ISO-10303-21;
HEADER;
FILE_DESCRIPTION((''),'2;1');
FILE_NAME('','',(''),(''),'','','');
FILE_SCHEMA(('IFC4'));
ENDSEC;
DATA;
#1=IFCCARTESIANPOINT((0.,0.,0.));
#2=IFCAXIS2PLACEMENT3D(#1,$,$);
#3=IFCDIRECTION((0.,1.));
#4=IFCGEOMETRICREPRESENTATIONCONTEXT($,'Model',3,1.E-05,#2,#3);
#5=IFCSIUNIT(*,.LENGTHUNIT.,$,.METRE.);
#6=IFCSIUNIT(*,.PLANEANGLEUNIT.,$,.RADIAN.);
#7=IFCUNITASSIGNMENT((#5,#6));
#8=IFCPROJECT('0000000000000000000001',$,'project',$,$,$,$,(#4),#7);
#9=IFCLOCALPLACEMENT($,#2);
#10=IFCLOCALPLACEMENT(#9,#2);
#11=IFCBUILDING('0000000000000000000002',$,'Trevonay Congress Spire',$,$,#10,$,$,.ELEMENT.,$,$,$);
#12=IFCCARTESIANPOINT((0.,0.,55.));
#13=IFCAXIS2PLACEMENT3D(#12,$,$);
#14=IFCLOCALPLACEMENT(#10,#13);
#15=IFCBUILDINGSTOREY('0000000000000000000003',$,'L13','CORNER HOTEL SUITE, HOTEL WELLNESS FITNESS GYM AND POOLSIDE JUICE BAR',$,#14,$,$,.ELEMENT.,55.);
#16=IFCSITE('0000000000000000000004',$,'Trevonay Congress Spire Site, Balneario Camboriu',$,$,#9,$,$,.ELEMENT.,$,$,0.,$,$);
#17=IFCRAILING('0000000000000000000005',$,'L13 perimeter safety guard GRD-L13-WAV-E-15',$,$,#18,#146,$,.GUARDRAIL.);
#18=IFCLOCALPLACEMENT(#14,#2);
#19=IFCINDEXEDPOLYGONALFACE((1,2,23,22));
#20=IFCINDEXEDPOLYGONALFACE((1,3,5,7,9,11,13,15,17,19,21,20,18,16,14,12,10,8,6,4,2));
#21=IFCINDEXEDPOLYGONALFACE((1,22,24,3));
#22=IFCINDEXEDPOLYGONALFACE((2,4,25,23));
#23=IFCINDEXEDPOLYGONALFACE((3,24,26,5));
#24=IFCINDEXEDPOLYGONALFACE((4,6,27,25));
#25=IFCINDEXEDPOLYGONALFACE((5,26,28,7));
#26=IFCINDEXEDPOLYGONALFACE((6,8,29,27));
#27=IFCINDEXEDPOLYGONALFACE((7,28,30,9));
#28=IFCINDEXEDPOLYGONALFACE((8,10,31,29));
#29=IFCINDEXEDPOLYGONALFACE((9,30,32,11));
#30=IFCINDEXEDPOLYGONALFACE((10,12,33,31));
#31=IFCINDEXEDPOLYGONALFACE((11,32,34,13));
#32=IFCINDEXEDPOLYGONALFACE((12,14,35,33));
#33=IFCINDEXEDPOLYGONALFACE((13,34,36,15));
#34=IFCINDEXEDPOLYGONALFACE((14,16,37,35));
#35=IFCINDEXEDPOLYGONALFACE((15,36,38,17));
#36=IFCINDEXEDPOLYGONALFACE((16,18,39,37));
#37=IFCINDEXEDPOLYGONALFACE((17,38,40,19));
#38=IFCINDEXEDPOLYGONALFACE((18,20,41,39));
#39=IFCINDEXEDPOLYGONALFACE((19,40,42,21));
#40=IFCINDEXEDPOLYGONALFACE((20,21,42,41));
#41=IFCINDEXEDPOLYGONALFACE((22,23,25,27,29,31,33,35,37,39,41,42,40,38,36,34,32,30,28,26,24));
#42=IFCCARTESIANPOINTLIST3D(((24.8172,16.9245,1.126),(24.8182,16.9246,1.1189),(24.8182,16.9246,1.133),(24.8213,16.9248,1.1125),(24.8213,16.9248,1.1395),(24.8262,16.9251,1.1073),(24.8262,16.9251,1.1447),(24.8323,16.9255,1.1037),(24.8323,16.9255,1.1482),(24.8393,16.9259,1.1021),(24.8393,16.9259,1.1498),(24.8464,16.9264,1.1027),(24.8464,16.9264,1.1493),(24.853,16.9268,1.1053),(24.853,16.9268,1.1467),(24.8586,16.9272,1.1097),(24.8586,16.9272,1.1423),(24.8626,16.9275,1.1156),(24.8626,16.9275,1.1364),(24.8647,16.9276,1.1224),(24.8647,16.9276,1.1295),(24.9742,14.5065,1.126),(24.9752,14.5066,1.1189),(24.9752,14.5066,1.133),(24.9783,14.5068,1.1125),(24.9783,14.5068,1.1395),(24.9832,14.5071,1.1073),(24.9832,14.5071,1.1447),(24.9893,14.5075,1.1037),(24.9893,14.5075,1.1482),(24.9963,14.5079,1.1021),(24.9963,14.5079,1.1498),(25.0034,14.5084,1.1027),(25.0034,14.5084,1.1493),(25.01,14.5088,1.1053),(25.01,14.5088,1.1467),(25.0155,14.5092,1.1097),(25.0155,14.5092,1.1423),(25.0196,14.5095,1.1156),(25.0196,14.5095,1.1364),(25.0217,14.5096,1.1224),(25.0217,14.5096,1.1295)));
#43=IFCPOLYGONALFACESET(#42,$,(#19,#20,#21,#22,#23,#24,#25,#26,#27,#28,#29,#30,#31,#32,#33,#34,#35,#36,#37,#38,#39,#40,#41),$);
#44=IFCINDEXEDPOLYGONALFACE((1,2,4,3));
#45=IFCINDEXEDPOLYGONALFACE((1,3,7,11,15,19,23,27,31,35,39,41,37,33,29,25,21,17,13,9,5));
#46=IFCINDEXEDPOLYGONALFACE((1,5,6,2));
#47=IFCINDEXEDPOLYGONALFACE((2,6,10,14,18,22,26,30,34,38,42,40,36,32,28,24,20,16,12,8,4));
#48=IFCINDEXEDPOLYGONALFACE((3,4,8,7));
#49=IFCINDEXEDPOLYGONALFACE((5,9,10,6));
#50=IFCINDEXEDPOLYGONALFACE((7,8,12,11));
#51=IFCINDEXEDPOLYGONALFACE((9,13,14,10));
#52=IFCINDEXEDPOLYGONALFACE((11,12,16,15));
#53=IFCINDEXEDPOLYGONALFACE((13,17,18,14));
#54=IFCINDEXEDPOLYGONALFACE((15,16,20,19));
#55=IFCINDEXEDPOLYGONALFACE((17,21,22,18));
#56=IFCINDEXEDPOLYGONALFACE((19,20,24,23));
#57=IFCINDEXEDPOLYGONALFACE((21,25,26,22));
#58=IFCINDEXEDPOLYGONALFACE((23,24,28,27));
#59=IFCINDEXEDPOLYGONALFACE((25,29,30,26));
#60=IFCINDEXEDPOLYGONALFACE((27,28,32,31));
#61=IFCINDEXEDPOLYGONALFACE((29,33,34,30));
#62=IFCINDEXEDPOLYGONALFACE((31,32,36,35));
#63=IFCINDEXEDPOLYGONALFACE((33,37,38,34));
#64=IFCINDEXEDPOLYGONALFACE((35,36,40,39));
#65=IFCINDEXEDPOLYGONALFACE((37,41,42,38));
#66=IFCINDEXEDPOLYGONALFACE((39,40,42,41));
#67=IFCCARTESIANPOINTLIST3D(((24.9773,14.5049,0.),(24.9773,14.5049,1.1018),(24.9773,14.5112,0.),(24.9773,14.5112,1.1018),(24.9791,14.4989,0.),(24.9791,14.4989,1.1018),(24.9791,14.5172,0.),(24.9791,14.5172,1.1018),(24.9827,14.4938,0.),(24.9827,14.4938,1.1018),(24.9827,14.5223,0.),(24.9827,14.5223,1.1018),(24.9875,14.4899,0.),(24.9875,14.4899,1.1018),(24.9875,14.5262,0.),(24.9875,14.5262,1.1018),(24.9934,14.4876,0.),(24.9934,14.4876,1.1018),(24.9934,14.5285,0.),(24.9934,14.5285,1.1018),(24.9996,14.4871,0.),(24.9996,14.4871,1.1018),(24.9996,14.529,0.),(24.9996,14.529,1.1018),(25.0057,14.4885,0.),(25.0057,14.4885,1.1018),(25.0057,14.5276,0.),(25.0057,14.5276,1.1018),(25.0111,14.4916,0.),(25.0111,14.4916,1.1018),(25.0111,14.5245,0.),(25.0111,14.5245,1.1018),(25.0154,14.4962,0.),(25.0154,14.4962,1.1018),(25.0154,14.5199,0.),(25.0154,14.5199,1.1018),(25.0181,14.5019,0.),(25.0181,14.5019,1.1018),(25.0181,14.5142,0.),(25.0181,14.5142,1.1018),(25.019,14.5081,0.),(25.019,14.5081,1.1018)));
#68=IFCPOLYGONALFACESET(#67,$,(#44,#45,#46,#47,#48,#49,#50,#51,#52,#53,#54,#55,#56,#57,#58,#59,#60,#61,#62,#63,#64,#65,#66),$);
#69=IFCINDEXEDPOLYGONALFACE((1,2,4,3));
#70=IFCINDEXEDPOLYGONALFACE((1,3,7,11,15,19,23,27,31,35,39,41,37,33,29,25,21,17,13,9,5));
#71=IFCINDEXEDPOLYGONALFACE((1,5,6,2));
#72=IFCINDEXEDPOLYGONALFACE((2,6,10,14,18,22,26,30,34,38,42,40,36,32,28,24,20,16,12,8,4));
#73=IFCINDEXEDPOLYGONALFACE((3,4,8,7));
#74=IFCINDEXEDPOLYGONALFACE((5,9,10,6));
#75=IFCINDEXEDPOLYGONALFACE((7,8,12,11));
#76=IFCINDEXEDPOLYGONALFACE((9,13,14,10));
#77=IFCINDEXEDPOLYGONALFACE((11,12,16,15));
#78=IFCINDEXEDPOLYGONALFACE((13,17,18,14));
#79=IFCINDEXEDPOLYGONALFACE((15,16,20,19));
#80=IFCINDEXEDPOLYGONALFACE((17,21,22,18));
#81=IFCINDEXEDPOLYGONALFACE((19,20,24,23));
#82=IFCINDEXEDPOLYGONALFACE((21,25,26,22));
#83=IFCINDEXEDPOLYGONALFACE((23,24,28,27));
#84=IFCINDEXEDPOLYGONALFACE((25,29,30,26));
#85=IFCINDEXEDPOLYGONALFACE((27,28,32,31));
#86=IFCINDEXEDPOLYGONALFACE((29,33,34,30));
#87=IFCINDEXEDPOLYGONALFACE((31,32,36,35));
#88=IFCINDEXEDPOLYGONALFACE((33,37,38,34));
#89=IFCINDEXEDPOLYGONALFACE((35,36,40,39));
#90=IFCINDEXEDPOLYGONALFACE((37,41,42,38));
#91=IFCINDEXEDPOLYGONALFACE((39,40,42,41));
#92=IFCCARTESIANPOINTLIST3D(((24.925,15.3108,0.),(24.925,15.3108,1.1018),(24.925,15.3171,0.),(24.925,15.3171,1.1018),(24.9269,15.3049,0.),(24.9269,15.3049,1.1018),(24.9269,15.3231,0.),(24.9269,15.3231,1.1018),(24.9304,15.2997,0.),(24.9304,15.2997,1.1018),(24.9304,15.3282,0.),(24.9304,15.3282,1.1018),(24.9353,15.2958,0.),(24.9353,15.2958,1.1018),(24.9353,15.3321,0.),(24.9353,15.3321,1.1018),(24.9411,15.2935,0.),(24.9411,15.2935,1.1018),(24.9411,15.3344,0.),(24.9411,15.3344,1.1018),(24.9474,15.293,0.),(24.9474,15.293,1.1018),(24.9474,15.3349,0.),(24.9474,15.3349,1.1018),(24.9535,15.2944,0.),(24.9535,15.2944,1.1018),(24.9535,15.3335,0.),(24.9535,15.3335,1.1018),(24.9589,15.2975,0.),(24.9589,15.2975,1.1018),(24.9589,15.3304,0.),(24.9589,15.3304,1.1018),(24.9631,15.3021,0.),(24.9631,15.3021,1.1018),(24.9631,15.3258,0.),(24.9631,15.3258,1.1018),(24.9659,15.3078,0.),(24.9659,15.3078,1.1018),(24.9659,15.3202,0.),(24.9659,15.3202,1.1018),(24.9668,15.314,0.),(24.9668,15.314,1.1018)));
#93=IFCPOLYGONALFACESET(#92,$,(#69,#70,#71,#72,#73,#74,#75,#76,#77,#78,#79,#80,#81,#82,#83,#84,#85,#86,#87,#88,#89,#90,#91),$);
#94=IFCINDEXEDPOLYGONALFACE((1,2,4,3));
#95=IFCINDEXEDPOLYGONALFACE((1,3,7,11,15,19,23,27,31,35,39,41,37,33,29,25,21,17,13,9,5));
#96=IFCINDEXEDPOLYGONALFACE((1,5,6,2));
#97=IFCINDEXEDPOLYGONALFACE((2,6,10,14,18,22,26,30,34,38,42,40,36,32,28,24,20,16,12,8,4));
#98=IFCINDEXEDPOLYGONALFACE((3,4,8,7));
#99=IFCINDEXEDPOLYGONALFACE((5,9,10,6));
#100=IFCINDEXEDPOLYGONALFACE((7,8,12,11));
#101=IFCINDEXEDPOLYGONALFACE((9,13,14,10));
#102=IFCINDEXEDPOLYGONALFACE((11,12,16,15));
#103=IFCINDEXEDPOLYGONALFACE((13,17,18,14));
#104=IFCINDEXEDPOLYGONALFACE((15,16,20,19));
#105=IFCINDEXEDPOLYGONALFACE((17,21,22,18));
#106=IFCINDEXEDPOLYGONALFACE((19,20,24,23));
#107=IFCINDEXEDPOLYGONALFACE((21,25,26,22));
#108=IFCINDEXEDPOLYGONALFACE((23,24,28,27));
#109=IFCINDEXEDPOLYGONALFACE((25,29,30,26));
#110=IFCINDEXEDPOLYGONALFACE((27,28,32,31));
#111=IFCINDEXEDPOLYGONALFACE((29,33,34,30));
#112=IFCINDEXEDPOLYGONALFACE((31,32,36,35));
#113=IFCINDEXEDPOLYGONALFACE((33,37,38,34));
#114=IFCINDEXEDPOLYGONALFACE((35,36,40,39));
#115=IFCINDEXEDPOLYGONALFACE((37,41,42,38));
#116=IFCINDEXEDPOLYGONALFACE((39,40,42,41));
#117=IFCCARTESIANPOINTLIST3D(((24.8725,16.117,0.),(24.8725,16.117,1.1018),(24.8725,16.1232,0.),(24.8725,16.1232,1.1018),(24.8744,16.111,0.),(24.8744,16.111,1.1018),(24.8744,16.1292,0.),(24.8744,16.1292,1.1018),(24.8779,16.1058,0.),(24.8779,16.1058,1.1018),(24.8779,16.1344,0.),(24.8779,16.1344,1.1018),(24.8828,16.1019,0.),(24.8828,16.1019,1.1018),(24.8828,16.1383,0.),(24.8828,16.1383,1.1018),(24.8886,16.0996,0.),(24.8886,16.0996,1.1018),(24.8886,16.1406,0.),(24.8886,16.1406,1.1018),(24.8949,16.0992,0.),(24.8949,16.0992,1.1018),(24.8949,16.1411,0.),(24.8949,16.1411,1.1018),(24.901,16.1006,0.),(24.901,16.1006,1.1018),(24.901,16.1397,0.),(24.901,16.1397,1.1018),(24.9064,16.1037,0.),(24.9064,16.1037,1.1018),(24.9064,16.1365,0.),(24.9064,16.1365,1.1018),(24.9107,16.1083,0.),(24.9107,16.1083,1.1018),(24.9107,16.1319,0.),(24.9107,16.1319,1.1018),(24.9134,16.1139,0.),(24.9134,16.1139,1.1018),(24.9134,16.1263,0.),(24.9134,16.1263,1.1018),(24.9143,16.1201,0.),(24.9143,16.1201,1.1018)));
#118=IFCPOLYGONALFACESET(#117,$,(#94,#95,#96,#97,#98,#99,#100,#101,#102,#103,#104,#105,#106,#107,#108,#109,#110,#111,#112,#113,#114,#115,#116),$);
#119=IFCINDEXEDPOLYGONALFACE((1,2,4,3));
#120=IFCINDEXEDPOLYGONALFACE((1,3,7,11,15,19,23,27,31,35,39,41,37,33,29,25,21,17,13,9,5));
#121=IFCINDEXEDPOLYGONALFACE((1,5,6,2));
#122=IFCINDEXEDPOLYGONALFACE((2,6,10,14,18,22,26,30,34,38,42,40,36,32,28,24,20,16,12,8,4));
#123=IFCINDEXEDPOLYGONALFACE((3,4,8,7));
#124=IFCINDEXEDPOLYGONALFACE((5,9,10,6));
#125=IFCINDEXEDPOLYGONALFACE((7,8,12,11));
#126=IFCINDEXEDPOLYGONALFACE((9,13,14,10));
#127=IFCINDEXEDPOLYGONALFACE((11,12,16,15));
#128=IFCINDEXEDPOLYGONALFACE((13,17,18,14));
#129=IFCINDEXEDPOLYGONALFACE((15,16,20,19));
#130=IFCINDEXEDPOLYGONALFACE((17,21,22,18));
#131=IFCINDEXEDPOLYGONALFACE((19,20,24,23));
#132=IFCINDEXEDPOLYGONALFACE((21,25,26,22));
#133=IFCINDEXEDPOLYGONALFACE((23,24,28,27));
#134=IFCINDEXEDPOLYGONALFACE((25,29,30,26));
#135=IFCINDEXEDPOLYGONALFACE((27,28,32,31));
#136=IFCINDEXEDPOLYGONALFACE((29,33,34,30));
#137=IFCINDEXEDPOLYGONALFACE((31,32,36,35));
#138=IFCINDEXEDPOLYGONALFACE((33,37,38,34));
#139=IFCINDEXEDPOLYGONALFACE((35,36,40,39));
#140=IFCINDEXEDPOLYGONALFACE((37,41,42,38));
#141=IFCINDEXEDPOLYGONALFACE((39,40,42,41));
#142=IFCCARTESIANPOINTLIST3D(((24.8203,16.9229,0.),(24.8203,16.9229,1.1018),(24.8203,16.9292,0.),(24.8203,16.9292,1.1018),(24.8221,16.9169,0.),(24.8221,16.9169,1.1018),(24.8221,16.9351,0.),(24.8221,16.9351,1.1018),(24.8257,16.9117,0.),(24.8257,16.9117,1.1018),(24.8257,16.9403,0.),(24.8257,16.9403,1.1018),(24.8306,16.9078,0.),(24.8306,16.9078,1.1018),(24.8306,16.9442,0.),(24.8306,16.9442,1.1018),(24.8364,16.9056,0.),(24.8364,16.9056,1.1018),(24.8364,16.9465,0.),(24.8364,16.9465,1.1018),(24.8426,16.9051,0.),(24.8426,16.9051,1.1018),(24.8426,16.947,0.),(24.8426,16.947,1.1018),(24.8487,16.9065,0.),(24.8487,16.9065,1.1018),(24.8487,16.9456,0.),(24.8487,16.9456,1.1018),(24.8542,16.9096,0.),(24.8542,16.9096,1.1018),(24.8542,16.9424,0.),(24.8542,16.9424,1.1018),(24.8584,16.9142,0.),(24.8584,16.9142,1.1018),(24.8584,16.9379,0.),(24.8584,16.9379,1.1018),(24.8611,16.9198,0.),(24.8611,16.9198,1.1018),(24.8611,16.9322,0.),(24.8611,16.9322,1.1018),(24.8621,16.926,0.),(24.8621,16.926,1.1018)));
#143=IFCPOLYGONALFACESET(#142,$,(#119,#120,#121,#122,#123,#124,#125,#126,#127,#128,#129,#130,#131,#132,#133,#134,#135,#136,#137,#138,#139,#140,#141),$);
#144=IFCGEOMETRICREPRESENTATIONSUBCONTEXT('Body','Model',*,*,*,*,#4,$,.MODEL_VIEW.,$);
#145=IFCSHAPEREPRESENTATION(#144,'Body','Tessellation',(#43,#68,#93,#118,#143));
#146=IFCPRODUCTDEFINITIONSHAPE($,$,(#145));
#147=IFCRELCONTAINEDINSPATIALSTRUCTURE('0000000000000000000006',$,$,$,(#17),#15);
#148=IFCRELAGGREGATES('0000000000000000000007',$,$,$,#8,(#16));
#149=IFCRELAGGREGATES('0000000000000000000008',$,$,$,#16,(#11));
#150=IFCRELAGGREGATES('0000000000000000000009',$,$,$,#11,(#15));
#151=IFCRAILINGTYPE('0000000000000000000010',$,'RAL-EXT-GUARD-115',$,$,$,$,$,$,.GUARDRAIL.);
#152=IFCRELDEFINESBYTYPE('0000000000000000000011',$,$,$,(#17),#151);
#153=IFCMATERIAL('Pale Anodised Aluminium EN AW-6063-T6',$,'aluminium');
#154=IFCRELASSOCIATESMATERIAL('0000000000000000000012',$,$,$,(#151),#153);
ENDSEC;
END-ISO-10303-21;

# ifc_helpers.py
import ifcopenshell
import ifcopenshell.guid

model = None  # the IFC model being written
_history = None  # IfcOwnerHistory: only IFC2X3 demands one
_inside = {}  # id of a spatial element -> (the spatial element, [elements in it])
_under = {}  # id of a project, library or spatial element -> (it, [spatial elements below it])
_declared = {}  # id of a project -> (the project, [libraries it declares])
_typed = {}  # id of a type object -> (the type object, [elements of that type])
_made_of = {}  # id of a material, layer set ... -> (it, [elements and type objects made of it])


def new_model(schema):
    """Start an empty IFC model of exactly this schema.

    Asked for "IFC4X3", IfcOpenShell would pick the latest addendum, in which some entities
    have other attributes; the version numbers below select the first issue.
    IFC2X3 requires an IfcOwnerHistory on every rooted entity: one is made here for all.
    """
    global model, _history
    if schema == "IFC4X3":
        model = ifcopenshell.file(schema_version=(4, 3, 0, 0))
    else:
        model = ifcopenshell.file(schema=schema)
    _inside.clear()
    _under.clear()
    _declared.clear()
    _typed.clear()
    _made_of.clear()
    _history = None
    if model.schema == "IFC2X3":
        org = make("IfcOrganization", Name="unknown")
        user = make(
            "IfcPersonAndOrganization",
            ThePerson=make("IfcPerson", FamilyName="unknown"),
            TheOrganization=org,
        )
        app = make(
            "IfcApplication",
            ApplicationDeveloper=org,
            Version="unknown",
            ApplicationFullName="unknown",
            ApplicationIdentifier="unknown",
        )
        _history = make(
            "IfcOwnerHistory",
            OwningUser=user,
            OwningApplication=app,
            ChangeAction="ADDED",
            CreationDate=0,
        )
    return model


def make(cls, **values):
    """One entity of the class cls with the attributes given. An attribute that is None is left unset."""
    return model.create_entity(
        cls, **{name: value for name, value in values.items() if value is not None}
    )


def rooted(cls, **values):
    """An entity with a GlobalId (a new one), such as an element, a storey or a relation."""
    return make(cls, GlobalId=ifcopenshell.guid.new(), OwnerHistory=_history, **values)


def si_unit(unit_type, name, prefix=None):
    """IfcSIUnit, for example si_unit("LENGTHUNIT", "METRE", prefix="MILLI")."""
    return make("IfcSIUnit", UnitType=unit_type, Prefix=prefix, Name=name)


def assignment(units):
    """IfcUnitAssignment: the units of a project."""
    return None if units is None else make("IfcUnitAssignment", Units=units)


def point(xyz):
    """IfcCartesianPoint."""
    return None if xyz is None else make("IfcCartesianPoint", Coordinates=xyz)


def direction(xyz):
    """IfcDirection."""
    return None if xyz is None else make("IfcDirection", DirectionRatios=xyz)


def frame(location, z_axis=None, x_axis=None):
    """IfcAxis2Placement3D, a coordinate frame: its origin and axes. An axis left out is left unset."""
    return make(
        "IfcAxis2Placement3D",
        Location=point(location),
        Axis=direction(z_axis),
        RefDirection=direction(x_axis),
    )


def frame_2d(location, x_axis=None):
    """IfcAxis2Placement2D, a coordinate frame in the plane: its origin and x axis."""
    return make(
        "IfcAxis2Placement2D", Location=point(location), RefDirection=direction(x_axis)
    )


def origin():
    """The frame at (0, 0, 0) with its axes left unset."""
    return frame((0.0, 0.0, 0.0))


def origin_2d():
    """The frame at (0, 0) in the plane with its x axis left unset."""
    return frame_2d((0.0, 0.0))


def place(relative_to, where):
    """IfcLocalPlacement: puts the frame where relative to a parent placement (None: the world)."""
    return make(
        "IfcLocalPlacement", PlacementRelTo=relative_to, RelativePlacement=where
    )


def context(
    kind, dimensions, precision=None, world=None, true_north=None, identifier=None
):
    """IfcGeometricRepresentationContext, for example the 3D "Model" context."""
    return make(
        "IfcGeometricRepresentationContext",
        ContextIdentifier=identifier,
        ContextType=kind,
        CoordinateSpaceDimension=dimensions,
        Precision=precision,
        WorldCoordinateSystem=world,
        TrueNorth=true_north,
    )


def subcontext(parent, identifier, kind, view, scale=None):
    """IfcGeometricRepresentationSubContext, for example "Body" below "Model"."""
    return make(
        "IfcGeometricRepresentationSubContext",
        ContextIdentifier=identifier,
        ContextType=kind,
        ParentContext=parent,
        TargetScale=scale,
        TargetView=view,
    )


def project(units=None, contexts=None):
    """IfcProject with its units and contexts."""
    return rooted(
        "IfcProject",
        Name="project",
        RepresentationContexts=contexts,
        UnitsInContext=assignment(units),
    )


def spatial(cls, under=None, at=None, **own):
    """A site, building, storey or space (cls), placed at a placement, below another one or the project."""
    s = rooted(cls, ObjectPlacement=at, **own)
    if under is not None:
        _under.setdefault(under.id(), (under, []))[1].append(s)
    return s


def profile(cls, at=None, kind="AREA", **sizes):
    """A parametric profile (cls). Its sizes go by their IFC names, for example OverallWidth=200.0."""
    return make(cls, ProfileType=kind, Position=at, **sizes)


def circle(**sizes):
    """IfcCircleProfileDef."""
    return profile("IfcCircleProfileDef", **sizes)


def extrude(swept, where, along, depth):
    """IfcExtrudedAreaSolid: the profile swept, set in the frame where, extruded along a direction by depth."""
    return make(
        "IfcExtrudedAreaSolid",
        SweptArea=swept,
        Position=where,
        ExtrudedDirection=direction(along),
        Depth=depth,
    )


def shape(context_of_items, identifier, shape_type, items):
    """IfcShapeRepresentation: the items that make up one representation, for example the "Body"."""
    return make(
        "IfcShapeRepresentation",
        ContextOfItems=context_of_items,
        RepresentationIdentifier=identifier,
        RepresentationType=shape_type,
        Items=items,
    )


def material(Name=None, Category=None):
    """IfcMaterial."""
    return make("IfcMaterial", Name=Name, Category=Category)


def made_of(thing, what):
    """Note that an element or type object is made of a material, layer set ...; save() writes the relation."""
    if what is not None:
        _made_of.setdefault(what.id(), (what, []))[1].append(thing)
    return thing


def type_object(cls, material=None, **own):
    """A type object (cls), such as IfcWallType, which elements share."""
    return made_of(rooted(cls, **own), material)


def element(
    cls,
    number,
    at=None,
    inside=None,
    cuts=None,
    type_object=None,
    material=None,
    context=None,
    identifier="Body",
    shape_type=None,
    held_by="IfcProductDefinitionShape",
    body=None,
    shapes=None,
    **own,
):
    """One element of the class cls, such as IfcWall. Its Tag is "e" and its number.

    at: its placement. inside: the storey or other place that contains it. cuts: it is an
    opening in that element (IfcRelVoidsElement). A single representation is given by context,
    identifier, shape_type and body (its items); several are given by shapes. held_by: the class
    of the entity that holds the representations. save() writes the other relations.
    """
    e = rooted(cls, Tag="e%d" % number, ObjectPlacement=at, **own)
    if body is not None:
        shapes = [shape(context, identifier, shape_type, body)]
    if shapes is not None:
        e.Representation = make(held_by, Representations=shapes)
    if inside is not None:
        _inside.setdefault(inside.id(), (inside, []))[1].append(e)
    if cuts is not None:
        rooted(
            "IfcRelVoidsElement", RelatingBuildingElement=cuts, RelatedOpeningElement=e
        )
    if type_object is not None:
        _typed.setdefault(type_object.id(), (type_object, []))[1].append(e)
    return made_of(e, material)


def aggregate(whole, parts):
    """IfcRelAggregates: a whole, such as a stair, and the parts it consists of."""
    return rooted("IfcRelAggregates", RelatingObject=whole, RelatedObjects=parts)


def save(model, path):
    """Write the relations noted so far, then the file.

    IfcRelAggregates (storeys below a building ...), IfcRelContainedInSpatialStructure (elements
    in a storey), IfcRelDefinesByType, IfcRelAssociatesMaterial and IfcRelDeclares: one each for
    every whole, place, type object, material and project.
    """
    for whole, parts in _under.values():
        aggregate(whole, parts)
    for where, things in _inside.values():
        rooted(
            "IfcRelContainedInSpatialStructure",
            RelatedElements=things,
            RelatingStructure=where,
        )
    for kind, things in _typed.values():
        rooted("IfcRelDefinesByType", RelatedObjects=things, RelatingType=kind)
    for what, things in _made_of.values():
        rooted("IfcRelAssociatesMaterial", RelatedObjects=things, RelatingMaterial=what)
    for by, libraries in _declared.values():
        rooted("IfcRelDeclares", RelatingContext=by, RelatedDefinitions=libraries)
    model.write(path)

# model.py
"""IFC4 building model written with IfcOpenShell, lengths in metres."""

from ifc_helpers import new_model, si_unit, direction, frame, origin, origin_2d, place, context, subcontext, project, spatial, circle, extrude, material, type_object, element, save


model = new_model("IFC4")

# Units and contexts
model_context = context("Model", 3, precision=1e-05, world=origin(), true_north=direction((0.0, 1.0)))
body_context = subcontext(model_context, "Body", "Model", "MODEL_VIEW")
ifc_project = project(units=[si_unit("LENGTHUNIT", "METRE"), si_unit("PLANEANGLEUNIT", "RADIAN")], contexts=[model_context])

# Site, building, storey
site_placement = place(None, origin())
site = spatial("IfcSite", under=ifc_project, at=site_placement, Name="Trevonay Congress Spire Site, Balneario Camboriu", CompositionType="ELEMENT", RefElevation=0.0)
building_placement = place(site_placement, origin())
building = spatial("IfcBuilding", under=site, at=building_placement, Name="Trevonay Congress Spire", CompositionType="ELEMENT")
storey_placement = place(building_placement, frame((0.0, 0.0, 55.0)))
storey = spatial("IfcBuildingStorey", under=building, at=storey_placement, Name="L13", Description="CORNER HOTEL SUITE, HOTEL WELLNESS FITNESS GYM AND POOLSIDE JUICE BAR", CompositionType="ELEMENT", Elevation=55.0)

# Shared definitions
ifc_material_1 = material(Name="Pale Anodised Aluminium EN AW-6063-T6", Category="aluminium")

# Railing
railing_type = type_object("IfcRailingType", Name="RAL-EXT-GUARD-115", PredefinedType="GUARDRAIL", material=ifc_material_1)
railing_1_placement = place(storey_placement, frame((24.998, 14.5081, 0.0)))
element("IfcRailing", 1, at=railing_1_placement, inside=storey, type_object=railing_type, Name="L13 perimeter safety guard GRD-L13-WAV-E-15", PredefinedType="GUARDRAIL", context=body_context, shape_type="SweptSolid", body=[
    extrude(circle(Radius=0.0239, at=origin_2d()), frame((0.0, 0.0, 1.126), z_axis=(-0.064787, 0.997899, 0.0), x_axis=(-0.997899, -0.064787, 0.0)), (0.0, 0.0, 1.0), 2.4231),
    extrude(circle(Radius=0.021, at=origin_2d()), origin(), (0.0, 0.0, 1.0), 1.1018),
    extrude(circle(Radius=0.021, at=origin_2d()), frame((-0.0522, 0.8059, 0.0)), (0.0, 0.0, 1.0), 1.1018),
    extrude(circle(Radius=0.021, at=origin_2d()), frame((-0.1047, 1.6121, 0.0)), (0.0, 0.0, 1.0), 1.1018),
    extrude(circle(Radius=0.021, at=origin_2d()), frame((-0.157, 2.418, 0.0)), (0.0, 0.0, 1.0), 1.1018),
])

save(model, "model.ifc")
